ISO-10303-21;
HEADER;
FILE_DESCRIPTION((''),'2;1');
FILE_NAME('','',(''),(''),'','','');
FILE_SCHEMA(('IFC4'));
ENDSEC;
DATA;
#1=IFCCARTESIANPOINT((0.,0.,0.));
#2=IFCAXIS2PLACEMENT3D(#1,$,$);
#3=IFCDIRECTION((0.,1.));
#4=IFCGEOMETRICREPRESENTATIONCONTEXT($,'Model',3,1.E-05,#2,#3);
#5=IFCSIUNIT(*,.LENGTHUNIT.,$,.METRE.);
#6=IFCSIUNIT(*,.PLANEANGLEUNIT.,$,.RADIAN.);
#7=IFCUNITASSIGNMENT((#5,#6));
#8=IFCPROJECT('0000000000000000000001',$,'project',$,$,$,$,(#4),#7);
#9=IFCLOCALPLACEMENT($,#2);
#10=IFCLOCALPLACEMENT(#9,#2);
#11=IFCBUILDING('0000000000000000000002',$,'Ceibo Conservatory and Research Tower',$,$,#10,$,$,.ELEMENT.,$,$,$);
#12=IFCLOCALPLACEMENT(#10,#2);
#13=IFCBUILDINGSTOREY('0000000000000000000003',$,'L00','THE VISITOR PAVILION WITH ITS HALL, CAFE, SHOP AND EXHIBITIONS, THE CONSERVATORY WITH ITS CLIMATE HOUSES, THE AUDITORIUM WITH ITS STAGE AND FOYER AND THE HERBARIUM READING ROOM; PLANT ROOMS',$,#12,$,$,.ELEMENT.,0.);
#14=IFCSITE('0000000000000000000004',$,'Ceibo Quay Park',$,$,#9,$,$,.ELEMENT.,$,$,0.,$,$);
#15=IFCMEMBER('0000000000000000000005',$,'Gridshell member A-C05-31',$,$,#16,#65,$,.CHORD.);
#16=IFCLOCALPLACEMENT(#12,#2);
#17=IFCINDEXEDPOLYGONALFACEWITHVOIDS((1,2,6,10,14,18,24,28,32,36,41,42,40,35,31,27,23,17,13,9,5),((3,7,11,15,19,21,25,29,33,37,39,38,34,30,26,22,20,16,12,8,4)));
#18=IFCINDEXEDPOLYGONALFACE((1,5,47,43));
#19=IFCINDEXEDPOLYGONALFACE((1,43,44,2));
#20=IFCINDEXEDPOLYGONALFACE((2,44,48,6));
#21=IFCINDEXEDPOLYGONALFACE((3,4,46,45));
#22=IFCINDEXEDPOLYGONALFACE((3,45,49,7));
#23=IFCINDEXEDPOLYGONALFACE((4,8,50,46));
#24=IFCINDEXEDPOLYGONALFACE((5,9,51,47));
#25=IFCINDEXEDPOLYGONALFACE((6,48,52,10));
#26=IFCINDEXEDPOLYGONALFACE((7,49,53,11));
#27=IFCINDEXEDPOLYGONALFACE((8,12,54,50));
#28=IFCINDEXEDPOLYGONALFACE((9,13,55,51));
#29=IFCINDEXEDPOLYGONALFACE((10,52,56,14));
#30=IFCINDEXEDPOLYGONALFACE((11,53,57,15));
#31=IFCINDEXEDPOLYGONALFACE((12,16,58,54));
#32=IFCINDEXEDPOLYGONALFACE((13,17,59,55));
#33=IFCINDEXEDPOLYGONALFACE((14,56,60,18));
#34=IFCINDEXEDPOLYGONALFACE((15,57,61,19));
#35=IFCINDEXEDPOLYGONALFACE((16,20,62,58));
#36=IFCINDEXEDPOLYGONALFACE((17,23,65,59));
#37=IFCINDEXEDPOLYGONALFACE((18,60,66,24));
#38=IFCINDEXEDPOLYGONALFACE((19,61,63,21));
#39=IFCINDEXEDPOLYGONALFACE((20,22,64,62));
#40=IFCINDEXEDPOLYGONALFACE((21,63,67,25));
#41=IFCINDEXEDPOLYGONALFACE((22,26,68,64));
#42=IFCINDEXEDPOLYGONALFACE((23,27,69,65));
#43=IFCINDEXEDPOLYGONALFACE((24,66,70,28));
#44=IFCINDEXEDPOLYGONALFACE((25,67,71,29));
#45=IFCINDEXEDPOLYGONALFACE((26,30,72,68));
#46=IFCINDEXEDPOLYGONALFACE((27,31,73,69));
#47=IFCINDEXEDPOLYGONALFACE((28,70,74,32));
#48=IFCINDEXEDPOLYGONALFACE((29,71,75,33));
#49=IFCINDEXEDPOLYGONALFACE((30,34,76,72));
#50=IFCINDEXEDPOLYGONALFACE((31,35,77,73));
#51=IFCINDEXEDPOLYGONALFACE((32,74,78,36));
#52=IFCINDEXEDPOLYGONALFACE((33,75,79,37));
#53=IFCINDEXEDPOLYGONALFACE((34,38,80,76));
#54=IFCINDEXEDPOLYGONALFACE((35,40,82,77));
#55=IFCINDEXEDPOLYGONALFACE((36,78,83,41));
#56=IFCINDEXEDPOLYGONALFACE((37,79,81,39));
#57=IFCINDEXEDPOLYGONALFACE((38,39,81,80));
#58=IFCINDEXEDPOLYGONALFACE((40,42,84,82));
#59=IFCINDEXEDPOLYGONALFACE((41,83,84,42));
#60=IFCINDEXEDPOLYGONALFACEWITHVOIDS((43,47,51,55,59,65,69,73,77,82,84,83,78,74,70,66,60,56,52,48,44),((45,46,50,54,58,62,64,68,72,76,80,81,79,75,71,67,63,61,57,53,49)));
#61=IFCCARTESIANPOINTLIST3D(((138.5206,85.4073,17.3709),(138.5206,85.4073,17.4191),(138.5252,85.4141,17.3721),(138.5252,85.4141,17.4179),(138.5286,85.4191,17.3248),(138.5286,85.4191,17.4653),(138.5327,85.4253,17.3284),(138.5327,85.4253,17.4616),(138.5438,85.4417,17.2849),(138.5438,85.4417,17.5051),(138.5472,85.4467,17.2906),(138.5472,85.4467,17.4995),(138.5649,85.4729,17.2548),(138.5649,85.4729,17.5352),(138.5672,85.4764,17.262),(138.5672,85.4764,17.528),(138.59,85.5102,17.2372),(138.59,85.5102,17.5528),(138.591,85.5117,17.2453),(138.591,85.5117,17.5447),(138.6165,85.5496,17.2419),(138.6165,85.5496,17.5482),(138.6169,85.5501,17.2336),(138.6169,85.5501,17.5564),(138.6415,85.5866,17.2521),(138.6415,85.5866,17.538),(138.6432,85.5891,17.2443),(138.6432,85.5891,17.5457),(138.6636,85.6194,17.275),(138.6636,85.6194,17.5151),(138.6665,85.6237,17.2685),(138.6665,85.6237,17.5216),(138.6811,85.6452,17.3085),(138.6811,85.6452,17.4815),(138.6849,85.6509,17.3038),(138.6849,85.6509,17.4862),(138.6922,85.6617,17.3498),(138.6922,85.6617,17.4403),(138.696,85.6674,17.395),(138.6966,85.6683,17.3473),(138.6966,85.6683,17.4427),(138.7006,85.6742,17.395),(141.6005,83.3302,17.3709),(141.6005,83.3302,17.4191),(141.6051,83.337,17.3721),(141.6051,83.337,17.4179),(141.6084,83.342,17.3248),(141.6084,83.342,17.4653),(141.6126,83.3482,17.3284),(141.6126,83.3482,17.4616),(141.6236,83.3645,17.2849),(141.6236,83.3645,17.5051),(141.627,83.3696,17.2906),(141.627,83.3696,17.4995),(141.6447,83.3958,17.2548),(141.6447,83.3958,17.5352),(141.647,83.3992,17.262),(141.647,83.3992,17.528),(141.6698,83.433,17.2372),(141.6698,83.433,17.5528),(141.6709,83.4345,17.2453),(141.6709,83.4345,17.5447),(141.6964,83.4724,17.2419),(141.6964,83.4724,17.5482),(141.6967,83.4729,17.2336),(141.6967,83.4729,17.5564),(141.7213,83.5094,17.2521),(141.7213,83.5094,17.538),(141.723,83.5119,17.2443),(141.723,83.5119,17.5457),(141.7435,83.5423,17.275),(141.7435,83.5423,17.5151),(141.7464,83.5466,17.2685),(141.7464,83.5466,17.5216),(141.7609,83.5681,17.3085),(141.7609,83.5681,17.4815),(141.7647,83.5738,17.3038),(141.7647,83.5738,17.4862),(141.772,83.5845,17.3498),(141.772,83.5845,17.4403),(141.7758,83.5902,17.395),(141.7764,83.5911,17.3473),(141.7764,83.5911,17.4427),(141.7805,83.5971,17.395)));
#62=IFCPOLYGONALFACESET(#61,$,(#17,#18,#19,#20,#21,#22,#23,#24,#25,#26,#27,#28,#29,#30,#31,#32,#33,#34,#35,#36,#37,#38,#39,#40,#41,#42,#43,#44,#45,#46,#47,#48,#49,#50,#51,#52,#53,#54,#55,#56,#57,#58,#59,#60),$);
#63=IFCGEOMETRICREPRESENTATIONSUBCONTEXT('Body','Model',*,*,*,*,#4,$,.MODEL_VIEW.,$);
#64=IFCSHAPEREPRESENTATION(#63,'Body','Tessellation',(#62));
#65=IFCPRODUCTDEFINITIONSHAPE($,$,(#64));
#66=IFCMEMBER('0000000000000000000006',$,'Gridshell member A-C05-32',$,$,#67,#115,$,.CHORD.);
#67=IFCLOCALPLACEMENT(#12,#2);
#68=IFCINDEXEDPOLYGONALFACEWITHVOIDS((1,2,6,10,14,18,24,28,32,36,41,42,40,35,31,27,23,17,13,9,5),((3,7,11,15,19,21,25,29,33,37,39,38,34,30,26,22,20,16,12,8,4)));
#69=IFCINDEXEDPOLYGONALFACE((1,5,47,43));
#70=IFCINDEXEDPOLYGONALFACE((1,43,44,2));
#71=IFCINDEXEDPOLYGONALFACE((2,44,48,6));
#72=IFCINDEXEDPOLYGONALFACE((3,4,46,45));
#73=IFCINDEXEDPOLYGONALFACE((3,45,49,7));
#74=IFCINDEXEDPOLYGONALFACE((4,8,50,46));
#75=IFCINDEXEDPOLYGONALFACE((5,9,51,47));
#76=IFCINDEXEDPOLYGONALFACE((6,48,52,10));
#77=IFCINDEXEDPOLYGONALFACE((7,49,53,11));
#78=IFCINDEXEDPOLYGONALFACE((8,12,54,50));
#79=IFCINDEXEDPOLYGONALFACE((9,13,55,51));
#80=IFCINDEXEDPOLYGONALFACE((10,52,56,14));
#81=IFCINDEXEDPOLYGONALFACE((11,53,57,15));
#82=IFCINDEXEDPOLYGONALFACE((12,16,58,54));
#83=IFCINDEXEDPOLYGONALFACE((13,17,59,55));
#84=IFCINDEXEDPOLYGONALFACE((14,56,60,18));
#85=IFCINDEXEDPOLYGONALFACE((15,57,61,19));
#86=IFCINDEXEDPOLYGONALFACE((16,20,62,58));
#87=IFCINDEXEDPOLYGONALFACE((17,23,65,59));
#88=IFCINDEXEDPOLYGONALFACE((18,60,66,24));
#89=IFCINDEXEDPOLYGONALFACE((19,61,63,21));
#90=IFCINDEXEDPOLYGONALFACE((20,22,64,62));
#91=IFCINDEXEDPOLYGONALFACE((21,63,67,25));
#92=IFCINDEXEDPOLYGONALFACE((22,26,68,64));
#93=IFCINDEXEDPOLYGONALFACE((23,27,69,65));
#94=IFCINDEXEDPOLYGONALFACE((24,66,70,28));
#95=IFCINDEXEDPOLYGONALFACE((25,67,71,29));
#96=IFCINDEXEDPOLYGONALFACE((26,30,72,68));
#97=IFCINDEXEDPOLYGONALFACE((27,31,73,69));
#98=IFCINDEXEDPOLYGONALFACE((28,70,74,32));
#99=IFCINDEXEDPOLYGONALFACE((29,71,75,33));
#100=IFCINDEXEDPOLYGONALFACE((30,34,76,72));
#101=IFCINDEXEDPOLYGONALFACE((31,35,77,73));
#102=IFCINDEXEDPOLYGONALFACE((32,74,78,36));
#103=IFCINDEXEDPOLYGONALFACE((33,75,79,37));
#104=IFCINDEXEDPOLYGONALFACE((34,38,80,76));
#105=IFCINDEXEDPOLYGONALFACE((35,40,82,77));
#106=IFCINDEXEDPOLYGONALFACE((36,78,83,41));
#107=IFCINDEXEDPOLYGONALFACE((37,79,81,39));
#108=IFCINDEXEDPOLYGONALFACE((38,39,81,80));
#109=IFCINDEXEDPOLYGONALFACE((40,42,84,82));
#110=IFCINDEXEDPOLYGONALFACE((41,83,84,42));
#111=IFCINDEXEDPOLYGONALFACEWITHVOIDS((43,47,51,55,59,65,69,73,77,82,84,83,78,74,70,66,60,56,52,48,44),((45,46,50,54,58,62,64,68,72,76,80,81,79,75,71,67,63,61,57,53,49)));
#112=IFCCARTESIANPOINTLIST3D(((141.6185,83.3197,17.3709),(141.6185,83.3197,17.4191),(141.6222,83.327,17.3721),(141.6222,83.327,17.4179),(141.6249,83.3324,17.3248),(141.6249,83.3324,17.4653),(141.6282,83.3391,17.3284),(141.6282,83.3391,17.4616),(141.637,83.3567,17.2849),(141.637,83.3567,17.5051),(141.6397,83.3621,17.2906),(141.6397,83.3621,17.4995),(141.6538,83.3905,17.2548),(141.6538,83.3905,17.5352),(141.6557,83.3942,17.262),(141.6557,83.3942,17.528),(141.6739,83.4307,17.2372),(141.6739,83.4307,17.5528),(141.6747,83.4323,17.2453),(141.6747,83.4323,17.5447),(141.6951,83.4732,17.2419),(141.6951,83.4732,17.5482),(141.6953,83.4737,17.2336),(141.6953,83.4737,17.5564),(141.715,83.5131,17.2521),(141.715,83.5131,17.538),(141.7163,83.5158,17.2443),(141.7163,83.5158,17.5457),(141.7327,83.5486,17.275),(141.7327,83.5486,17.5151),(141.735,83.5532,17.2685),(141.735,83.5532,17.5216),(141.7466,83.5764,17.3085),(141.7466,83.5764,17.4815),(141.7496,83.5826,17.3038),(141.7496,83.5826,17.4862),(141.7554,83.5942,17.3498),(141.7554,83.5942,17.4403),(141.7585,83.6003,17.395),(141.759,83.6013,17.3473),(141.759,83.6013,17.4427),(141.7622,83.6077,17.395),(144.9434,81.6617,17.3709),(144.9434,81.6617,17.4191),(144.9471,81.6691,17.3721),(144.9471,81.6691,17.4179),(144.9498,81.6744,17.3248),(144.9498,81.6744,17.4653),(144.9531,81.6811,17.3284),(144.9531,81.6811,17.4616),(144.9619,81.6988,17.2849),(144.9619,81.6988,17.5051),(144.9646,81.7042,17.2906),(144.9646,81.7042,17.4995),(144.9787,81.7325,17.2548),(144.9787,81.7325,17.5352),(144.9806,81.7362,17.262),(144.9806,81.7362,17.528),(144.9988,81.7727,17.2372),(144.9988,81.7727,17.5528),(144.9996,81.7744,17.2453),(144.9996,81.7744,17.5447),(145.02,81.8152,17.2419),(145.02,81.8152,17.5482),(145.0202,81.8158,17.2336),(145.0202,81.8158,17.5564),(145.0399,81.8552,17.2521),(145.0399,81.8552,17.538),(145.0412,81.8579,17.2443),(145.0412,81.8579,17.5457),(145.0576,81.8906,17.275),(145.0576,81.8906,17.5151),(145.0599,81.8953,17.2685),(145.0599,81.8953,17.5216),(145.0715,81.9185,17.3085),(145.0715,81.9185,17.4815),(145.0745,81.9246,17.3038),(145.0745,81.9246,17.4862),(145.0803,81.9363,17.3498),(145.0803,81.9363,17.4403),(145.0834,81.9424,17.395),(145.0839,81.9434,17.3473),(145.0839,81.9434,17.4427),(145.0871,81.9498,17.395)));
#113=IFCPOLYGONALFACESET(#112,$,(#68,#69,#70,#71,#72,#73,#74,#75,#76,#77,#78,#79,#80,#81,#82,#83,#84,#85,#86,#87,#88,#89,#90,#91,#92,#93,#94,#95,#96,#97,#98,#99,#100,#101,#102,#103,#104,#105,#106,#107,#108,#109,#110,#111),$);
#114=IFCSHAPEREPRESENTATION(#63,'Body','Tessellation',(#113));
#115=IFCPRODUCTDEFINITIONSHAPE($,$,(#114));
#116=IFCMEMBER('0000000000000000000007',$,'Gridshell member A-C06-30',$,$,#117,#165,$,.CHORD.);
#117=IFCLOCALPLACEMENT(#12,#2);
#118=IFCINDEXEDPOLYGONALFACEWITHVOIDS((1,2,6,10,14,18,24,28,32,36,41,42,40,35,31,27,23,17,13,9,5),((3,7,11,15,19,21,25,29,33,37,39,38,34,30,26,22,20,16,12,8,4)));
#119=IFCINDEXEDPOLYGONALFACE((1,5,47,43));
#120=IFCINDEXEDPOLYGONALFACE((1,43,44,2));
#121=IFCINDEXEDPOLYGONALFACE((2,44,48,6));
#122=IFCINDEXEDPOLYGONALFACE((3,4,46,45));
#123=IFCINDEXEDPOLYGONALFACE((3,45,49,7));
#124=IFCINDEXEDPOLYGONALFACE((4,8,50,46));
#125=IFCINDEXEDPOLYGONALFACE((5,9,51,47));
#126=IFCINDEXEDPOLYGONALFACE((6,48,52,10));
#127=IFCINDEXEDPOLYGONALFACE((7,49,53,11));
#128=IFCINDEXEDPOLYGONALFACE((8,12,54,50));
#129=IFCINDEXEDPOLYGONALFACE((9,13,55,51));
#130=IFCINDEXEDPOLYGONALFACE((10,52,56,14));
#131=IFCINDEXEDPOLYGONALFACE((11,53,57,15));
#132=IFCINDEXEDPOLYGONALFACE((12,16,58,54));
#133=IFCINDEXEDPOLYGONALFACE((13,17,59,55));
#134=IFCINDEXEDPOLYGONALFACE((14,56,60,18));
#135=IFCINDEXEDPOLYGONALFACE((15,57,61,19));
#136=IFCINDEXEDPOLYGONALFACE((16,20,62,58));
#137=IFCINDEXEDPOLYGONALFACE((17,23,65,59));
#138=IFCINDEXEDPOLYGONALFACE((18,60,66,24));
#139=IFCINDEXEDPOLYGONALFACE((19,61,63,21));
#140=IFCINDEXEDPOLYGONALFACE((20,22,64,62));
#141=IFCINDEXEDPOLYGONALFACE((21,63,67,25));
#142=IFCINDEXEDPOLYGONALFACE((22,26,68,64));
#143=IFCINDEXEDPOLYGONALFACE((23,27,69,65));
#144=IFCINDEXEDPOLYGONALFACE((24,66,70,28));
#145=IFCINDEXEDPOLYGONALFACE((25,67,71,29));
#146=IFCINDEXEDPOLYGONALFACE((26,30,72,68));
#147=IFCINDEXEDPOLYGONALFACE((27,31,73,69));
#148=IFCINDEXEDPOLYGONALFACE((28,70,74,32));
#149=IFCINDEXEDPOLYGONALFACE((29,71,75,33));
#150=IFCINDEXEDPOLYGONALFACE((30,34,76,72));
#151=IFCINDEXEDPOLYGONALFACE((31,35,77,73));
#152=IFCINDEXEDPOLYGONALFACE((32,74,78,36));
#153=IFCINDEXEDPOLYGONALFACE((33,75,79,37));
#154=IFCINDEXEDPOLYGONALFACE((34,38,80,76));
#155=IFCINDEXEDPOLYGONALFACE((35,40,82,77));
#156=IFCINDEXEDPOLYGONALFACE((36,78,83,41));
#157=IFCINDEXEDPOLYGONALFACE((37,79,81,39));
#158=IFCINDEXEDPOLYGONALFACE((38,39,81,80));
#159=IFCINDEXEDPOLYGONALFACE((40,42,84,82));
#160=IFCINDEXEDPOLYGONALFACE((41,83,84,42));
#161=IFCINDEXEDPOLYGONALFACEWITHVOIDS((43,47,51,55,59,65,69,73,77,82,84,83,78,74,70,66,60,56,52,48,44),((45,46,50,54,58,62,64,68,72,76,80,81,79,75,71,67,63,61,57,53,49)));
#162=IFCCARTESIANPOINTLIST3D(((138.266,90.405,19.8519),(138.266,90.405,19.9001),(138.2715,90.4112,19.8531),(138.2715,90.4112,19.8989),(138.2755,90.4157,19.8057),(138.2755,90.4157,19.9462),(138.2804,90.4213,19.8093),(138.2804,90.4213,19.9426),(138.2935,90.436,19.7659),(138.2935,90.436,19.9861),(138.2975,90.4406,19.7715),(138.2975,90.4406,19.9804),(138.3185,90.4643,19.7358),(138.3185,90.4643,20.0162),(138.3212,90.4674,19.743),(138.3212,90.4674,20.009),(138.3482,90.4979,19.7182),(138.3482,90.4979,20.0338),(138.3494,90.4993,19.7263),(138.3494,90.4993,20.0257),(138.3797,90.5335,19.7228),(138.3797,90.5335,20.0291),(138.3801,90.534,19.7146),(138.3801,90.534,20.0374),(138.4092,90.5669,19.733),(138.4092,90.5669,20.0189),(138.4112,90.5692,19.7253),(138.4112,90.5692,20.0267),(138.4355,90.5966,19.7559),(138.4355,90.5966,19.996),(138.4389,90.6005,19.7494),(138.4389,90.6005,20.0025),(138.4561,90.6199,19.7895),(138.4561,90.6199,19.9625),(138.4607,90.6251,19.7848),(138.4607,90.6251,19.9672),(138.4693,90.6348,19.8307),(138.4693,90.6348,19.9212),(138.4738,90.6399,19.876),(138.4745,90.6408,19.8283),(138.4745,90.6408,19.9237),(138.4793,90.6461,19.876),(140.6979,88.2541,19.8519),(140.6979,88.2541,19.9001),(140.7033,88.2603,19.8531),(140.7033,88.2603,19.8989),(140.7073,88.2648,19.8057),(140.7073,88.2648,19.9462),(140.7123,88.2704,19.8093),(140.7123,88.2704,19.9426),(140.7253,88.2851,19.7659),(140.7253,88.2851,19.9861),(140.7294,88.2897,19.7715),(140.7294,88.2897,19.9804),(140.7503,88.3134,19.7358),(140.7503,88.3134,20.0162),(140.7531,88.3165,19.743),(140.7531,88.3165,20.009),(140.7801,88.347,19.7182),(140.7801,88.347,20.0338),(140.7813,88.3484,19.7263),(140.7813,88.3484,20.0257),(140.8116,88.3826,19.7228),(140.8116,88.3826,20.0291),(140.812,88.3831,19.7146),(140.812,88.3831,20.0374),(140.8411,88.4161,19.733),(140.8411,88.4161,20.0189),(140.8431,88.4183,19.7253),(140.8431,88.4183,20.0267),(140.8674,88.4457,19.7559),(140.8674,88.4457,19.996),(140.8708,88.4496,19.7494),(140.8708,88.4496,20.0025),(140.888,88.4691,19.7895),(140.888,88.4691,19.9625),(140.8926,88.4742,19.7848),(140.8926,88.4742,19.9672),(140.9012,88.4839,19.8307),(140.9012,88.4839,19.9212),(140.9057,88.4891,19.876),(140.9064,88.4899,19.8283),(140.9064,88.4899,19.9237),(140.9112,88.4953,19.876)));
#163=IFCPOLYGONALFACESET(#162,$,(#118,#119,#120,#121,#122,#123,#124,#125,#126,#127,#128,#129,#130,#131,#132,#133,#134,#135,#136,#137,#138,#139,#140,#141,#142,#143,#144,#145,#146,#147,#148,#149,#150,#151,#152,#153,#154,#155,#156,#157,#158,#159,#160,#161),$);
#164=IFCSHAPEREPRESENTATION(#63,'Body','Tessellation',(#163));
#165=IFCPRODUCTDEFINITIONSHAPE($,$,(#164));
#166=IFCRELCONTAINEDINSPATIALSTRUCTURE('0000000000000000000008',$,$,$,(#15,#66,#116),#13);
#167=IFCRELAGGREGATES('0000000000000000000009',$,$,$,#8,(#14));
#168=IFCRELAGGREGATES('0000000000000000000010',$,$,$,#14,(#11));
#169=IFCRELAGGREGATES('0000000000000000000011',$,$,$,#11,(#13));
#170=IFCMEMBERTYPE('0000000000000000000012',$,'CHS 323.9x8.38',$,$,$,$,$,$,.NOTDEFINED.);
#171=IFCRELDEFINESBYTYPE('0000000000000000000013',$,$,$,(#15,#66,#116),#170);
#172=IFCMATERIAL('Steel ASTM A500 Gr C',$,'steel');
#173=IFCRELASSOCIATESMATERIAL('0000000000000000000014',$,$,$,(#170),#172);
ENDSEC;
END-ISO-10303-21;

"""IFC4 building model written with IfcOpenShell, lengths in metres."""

from ifc_helpers import new_model, si_unit, direction, frame, origin, origin_2d, place, context, subcontext, project, spatial, hollow_circle, extrude, material, material_profile, profile_set, type_object, element, save


model = new_model("IFC4")

# Units and contexts
model_context = context("Model", 3, precision=1e-05, world=origin(), true_north=direction((0.0, 1.0)))
body_context = subcontext(model_context, "Body", "Model", "MODEL_VIEW")
ifc_project = project(units=[si_unit("LENGTHUNIT", "METRE"), si_unit("PLANEANGLEUNIT", "RADIAN")], contexts=[model_context])

# Site, building, storey
site_placement = place(None, origin())
site = spatial("IfcSite", under=ifc_project, at=site_placement, Name="Ceibo Quay Park", CompositionType="ELEMENT", RefElevation=0.0)
building_placement = place(site_placement, origin())
building = spatial("IfcBuilding", under=site, at=building_placement, Name="Ceibo Conservatory and Research Tower", CompositionType="ELEMENT")
storey_placement = place(building_placement, origin())
storey = spatial("IfcBuildingStorey", under=building, at=storey_placement, Name="L00", Description="THE VISITOR PAVILION WITH ITS HALL, CAFE, SHOP AND EXHIBITIONS, THE CONSERVATORY WITH ITS CLIMATE HOUSES, THE AUDITORIUM WITH ITS STAGE AND FOYER AND THE HERBARIUM READING ROOM; PLANT ROOMS", CompositionType="ELEMENT", Elevation=0.0)

# Members
ifc_material_1 = material(Name="Steel ASTM A500 Gr C", Category="steel")
ifc_material_profile_1 = material_profile(ifc_material_1, hollow_circle(Radius=0.1619, WallThickness=0.0083, at=origin_2d()), Name="CHS 323.9x8.38")
ifc_profile_set_1 = profile_set([ifc_material_profile_1], Name="Steel ASTM A500 Gr C")
member_type_1 = type_object("IfcMemberType", Name="CHS 323.9x8.38", PredefinedType="NOTDEFINED", material=ifc_profile_set_1)
member_1_placement = place(storey_placement, frame((138.6101, 85.54, 17.395), z_axis=(0.829066, -0.559151, 0.0), x_axis=(0.559151, 0.829066, 0.0)))
element("IfcMember", 1, at=member_1_placement, inside=storey, type_object=member_type_1, Name="Gridshell member A-C05-31", PredefinedType="CHORD", context=body_context, shape_type="SweptSolid", body=[
    extrude(hollow_circle(Radius=0.1619, WallThickness=0.0083, at=origin_2d()), origin(), (0.0, 0.0, 1.0), 3.7148),
])
member_2_placement = place(storey_placement, frame((141.6899, 83.4629, 17.395), z_axis=(0.894913, -0.446241, 0.0), x_axis=(0.446241, 0.894913, 0.0)))
element("IfcMember", 2, at=member_2_placement, inside=storey, type_object=member_type_1, Name="Gridshell member A-C05-32", PredefinedType="CHORD", context=body_context, shape_type="SweptSolid", body=[
    extrude(hollow_circle(Radius=0.1619, WallThickness=0.0083, at=origin_2d()), origin(), (0.0, 0.0, 1.0), 3.7153),
])
for number, where, z_axis, x_axis, name in (
    (3, (138.3721, 90.5249, 19.876), (0.749058, -0.662504, 0.0), (0.662504, 0.749058, 0.0), "Gridshell member A-C06-30"),
):
    element("IfcMember", number, at=place(storey_placement, frame(where, z_axis=z_axis, x_axis=x_axis)), inside=storey, type_object=member_type_1, Name=name, PredefinedType="CHORD", context=body_context, shape_type="SweptSolid", body=[
        extrude(hollow_circle(Radius=0.1619, WallThickness=0.0083, at=origin_2d()), origin(), (0.0, 0.0, 1.0), 3.2466),
    ])

save(model, "model.ifc")
